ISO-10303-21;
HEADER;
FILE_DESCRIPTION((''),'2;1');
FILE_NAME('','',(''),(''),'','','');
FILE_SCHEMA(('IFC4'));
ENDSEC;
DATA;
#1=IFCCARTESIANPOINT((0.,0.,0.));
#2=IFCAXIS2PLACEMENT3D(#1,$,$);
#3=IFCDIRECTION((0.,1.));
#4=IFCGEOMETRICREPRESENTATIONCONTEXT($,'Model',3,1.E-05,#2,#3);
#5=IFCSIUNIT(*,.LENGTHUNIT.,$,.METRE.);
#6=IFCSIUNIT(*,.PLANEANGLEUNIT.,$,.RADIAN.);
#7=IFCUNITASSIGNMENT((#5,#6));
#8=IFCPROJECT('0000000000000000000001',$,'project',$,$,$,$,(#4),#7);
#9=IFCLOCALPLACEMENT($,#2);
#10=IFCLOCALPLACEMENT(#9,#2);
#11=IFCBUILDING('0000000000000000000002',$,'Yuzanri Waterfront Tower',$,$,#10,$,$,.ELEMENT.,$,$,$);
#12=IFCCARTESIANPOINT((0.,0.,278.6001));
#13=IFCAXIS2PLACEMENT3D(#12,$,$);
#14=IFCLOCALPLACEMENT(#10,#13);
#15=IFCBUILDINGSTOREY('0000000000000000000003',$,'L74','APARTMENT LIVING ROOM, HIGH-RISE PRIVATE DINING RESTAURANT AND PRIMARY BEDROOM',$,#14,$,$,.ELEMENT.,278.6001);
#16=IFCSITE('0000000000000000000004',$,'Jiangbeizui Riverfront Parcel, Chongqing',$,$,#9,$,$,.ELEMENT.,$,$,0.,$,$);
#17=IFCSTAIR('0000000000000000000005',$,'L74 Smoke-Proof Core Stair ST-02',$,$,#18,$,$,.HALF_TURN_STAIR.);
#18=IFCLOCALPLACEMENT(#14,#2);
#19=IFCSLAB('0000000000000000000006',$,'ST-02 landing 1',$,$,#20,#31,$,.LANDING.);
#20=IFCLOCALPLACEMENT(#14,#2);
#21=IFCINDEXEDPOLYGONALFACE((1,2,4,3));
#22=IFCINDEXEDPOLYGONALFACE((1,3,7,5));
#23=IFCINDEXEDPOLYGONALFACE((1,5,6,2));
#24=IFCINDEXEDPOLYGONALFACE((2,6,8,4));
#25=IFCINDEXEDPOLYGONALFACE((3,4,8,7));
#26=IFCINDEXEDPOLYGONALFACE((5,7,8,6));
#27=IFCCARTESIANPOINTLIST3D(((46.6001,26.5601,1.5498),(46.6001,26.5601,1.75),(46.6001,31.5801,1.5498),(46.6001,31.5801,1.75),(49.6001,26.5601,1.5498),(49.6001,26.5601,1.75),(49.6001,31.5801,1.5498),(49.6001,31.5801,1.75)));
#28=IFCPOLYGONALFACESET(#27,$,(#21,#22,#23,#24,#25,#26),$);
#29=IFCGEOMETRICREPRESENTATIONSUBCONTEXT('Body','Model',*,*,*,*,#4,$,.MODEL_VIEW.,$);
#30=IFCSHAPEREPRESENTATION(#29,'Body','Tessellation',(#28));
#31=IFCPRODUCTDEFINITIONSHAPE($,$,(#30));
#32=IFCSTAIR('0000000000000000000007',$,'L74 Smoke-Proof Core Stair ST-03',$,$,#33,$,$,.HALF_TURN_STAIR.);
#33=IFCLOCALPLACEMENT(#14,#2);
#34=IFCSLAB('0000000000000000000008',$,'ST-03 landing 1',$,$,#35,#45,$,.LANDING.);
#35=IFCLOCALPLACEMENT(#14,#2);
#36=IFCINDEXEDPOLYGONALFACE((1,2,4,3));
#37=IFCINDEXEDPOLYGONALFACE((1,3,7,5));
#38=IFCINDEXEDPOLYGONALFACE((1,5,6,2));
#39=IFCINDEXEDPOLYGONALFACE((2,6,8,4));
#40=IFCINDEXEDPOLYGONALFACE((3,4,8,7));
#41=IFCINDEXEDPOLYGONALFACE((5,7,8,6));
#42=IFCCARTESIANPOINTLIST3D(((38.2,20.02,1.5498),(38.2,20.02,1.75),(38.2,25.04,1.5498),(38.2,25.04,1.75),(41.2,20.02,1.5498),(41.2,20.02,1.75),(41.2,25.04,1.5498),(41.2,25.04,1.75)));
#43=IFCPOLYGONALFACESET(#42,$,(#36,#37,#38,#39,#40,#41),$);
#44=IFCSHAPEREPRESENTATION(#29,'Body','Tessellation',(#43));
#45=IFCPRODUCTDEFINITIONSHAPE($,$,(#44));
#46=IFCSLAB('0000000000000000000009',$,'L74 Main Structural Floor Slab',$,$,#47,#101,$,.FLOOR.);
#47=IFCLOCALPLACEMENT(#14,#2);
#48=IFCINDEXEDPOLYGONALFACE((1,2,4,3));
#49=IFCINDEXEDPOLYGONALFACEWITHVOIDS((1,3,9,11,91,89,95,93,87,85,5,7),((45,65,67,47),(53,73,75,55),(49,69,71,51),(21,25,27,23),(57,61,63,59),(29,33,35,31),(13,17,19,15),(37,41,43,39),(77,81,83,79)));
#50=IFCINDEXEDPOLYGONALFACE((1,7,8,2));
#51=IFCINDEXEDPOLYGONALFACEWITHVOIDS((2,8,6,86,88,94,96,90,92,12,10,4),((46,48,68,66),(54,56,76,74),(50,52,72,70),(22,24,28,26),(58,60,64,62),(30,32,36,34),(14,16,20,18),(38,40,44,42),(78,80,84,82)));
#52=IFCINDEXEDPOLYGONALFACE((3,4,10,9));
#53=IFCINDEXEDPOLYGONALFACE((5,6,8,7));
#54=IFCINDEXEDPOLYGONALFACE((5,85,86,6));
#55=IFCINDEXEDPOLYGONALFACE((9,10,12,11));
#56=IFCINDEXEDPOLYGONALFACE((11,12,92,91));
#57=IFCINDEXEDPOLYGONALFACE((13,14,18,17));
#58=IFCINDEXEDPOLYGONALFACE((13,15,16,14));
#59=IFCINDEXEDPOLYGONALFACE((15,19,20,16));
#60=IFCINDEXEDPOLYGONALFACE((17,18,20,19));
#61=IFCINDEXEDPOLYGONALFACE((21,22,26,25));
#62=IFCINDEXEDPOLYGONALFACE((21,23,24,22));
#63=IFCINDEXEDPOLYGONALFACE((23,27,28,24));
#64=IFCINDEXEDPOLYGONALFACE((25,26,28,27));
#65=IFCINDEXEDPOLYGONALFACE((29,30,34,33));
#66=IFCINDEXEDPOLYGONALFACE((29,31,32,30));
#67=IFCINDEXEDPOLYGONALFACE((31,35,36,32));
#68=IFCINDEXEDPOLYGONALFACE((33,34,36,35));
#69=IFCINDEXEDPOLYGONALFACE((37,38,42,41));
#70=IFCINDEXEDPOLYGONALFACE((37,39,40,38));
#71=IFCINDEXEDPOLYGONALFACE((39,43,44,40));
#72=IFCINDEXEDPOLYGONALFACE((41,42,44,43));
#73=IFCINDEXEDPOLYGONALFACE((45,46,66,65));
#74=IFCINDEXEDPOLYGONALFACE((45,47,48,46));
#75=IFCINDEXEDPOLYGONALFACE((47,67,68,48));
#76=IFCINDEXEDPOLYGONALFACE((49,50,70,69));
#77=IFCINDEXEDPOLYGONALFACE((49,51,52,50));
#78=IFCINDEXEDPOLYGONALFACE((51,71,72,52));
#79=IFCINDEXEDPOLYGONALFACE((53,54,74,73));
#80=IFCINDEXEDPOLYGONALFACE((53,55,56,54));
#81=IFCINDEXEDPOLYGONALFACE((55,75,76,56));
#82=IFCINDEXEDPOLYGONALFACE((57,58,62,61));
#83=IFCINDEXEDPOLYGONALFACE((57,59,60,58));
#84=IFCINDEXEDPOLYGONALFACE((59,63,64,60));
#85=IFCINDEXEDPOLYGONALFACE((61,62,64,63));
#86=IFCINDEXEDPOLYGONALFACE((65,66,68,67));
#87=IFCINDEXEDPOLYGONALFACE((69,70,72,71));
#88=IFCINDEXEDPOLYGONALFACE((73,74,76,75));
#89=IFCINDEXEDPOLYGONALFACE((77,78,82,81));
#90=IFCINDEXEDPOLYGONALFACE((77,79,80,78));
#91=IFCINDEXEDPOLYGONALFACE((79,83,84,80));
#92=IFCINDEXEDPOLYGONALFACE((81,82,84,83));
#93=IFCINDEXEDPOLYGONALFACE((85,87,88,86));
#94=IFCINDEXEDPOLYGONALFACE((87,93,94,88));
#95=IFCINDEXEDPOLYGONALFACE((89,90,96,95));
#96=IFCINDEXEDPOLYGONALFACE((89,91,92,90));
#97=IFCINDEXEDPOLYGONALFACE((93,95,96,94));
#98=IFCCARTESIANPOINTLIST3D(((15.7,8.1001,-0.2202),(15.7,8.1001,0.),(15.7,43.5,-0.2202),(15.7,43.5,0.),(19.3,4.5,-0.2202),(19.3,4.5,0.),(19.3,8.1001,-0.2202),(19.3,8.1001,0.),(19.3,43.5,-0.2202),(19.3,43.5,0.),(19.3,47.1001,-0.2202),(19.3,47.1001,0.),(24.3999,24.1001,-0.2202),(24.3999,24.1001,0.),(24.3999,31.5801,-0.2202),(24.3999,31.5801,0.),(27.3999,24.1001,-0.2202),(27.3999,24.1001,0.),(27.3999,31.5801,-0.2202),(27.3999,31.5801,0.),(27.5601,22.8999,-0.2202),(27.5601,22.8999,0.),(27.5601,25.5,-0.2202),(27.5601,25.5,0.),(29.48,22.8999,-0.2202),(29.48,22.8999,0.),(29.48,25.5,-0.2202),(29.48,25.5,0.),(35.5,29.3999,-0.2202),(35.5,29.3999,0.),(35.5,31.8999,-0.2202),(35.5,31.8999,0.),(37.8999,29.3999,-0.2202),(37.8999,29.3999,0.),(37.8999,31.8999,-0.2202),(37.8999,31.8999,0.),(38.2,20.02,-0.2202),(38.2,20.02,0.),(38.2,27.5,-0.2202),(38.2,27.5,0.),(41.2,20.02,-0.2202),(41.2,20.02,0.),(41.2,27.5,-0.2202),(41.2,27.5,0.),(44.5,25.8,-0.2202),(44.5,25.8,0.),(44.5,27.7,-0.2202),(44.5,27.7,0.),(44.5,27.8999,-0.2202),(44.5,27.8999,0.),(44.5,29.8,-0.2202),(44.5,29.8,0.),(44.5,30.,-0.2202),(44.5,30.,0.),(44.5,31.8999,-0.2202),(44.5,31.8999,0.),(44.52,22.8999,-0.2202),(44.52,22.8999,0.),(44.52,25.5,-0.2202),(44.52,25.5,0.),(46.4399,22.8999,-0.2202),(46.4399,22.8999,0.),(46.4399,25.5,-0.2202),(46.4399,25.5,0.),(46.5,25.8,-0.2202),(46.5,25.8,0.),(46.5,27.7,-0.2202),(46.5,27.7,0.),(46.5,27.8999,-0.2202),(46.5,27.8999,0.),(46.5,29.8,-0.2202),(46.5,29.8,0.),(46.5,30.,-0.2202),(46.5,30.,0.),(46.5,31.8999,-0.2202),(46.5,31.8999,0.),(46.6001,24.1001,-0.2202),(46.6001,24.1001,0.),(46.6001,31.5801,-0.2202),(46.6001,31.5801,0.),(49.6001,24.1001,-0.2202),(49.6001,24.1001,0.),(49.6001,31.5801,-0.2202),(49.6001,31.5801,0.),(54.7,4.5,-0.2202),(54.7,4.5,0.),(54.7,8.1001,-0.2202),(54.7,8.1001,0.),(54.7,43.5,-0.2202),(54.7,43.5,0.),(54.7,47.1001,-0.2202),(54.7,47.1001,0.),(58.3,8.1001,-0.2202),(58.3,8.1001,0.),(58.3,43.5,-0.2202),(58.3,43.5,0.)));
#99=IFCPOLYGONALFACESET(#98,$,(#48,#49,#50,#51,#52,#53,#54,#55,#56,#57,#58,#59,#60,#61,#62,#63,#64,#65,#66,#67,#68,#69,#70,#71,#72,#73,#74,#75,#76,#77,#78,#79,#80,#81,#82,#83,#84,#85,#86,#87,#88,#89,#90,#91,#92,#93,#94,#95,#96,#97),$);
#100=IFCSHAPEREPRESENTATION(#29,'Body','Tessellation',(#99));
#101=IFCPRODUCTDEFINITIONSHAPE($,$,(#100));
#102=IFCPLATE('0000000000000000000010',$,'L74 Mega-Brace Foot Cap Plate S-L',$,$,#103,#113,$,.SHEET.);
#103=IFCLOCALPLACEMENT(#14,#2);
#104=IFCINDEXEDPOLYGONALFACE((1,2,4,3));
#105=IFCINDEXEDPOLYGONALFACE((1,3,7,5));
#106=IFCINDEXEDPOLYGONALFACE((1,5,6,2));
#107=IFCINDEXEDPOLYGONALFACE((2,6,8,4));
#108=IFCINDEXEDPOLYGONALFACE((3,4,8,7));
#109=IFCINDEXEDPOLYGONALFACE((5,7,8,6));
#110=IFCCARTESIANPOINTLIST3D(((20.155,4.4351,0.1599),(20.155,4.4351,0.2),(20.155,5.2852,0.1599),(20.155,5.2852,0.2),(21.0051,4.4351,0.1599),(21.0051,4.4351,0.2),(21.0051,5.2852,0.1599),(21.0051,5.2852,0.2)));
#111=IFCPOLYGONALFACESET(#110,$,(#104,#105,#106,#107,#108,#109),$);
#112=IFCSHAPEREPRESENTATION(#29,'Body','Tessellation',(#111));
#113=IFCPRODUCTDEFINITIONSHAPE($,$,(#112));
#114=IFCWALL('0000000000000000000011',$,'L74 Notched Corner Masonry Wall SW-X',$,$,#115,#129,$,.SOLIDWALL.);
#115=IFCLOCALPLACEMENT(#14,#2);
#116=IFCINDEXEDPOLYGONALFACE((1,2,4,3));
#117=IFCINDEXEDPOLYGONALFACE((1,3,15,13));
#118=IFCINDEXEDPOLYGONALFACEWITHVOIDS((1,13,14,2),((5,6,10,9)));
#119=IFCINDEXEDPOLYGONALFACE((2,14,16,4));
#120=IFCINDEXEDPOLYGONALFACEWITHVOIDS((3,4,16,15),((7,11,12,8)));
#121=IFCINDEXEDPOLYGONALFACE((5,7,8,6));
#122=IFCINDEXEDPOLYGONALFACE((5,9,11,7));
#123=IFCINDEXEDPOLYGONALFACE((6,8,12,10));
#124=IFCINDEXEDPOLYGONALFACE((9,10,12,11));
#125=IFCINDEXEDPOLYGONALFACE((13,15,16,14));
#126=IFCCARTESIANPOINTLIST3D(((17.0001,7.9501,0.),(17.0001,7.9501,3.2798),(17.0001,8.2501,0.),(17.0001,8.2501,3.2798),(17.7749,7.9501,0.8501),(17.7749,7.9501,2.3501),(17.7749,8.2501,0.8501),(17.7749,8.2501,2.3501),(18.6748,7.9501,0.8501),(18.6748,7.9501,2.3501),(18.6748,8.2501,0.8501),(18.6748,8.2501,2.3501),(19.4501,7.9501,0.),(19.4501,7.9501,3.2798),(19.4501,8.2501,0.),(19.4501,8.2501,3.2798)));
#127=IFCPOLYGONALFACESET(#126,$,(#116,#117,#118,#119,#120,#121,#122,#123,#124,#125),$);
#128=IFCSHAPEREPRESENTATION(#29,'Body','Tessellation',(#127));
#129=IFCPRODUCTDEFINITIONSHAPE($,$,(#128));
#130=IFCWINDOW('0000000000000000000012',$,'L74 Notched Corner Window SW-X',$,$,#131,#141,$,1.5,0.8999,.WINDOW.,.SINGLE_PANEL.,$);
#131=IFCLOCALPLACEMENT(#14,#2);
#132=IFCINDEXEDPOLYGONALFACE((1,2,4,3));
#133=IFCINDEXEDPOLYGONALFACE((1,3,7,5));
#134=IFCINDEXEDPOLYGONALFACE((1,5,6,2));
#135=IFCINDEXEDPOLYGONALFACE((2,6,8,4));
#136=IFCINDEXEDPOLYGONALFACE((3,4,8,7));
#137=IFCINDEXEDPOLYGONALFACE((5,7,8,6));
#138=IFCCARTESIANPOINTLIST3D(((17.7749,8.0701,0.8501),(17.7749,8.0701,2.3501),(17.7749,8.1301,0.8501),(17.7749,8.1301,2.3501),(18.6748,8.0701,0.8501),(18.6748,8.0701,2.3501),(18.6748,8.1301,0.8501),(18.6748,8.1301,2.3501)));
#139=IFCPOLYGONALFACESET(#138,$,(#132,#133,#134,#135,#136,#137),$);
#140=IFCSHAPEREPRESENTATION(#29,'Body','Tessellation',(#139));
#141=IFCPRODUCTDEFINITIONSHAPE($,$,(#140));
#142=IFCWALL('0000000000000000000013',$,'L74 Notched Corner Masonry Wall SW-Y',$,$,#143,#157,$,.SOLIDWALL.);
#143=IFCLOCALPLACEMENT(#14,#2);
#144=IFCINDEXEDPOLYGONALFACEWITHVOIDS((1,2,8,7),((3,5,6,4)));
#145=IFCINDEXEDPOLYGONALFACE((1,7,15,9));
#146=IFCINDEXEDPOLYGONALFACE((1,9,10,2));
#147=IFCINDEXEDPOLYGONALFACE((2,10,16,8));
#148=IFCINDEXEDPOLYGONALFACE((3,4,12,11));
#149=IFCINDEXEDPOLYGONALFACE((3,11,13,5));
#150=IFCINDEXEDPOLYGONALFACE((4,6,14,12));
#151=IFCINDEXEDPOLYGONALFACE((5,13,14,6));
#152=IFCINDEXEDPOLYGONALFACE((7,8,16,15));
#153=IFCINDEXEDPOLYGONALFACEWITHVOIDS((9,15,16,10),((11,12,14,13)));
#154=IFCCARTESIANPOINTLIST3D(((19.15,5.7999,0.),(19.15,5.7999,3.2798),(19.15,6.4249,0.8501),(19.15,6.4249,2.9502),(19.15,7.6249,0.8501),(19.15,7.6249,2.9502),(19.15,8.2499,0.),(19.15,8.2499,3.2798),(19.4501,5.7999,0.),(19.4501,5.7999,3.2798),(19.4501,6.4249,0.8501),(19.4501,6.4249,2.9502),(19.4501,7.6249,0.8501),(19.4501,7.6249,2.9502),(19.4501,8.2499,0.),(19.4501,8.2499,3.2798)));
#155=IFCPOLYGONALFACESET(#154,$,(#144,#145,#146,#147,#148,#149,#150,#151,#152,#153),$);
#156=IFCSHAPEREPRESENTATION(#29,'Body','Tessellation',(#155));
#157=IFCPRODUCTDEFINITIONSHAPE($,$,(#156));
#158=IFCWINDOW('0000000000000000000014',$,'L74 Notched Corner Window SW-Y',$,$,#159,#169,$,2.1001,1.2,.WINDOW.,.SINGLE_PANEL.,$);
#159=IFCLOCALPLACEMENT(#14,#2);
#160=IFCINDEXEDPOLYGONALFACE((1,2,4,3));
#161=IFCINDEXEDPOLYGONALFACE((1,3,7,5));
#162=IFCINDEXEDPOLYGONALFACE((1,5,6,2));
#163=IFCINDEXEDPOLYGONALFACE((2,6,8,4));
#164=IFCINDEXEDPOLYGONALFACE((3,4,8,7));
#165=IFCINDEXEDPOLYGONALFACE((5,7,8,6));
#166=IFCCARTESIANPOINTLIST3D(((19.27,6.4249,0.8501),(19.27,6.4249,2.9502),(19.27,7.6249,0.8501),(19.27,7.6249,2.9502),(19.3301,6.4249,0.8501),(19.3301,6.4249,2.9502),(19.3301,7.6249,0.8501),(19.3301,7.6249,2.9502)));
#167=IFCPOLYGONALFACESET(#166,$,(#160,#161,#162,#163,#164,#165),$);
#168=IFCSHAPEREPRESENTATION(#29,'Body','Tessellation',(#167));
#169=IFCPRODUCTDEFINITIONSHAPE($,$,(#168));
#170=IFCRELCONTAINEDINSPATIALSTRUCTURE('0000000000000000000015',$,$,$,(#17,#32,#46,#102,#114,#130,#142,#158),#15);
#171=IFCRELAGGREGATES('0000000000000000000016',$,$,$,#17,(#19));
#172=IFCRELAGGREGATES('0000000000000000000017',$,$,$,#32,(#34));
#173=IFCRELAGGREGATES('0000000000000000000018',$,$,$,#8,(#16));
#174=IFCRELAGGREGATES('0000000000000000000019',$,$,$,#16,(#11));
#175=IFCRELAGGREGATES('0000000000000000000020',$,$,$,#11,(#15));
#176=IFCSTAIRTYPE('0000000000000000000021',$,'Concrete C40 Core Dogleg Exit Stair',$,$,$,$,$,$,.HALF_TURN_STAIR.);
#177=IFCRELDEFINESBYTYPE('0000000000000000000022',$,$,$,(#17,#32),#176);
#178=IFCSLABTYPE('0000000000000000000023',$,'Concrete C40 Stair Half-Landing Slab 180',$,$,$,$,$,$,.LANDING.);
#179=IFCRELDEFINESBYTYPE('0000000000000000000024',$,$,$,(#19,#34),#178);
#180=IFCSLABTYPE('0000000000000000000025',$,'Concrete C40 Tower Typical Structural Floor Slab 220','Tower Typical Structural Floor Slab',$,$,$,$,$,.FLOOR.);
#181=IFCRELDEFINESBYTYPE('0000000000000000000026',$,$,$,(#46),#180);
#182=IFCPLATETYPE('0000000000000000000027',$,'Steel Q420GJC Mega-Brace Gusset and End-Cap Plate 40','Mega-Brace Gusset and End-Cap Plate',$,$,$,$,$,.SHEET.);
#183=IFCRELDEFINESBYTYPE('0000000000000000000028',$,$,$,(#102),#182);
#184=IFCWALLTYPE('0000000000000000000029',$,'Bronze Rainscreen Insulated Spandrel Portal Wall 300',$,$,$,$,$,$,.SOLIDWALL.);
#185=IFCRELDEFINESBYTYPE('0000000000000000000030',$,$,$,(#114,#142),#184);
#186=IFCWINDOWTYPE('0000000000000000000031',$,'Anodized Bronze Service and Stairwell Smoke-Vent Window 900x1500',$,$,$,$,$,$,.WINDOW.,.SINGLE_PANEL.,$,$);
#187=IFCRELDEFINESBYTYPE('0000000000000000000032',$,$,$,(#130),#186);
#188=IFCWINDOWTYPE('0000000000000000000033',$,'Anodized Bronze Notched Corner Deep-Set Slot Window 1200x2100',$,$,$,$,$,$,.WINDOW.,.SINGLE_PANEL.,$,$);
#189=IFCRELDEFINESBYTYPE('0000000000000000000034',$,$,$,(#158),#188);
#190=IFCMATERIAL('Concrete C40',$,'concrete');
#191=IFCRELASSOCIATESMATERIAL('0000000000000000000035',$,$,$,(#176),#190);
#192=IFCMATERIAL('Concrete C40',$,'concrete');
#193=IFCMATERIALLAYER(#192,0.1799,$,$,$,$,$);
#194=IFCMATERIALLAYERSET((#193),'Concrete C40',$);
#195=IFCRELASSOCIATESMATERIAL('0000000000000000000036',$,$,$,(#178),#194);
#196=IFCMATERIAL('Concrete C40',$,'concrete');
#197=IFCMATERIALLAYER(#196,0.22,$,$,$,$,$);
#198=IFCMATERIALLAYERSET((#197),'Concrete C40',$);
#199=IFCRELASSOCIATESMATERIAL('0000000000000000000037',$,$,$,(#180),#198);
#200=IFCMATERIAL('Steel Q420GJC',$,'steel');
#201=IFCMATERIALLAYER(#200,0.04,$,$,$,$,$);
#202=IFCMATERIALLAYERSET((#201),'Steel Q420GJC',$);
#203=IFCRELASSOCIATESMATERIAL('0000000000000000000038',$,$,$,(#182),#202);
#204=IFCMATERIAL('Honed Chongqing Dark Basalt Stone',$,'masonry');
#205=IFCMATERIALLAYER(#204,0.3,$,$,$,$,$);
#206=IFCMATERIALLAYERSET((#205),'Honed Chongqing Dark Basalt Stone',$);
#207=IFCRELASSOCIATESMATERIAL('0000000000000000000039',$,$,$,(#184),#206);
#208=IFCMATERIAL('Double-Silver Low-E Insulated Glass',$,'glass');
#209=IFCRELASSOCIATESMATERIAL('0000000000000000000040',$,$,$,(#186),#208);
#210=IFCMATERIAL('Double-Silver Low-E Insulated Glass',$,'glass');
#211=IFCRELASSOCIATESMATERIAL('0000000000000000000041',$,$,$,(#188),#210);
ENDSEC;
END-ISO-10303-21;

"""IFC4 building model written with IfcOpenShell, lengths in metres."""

from ifc_helpers import new_model, si_unit, direction, frame, frame_2d, origin, origin_2d, place, context, subcontext, project, spatial, polyline, rectangle, outline, extrude, source, transform, mapped, material, layer, layer_set, type_object, element, fill, aggregate, save


model = new_model("IFC4")

# Units and contexts
model_context = context("Model", 3, precision=1e-05, world=origin(), true_north=direction((0.0, 1.0)))
body_context = subcontext(model_context, "Body", "Model", "MODEL_VIEW")
ifc_project = project(units=[si_unit("LENGTHUNIT", "METRE"), si_unit("PLANEANGLEUNIT", "RADIAN")], contexts=[model_context])

# Site, building, storey
site_placement = place(None, origin())
site = spatial("IfcSite", under=ifc_project, at=site_placement, Name="Jiangbeizui Riverfront Parcel, Chongqing", CompositionType="ELEMENT", RefElevation=0.0)
building_placement = place(site_placement, origin())
building = spatial("IfcBuilding", under=site, at=building_placement, Name="Yuzanri Waterfront Tower", CompositionType="ELEMENT")
storey_placement = place(building_placement, frame((0.0, 0.0, 278.6001)))
storey = spatial("IfcBuildingStorey", under=building, at=storey_placement, Name="L74", Description="APARTMENT LIVING ROOM, HIGH-RISE PRIVATE DINING RESTAURANT AND PRIMARY BEDROOM", CompositionType="ELEMENT", Elevation=278.6001)

# Stairs, slabs
ifc_material_1 = material(Name="Concrete C40", Category="concrete")
stair_type = type_object("IfcStairType", Name="Concrete C40 Core Dogleg Exit Stair", PredefinedType="HALF_TURN_STAIR", material=ifc_material_1)
ifc_material_2 = material(Name="Concrete C40", Category="concrete")
ifc_layer_1 = layer(ifc_material_2, 0.1799)
ifc_layer_set_1 = layer_set([ifc_layer_1], Name="Concrete C40")
slab_type_1 = type_object("IfcSlabType", Name="Concrete C40 Stair Half-Landing Slab 180", PredefinedType="LANDING", material=ifc_layer_set_1)
stair_1_placement = place(storey_placement, origin())
stair_1 = element("IfcStair", 1, at=stair_1_placement, inside=storey, type_object=stair_type, Name="L74 Smoke-Proof Core Stair ST-02", PredefinedType="HALF_TURN_STAIR")
slab_1_placement = place(storey_placement, frame((0.0, 0.0, 1.5498)))
slab_1 = element("IfcSlab", 2, at=slab_1_placement, type_object=slab_type_1, Name="ST-02 landing 1", PredefinedType="LANDING", context=body_context, shape_type="SweptSolid", body=[
    extrude(outline(polyline([(49.6001, 26.5601), (49.6001, 31.5801), (46.6001, 31.5801), (46.6001, 26.5601), (49.6001, 26.5601)])), origin(), (0.0, 0.0, 1.0), 0.2002),
])
aggregate(stair_1, [slab_1])
stair_2_placement = place(storey_placement, origin())
stair_2 = element("IfcStair", 3, at=stair_2_placement, inside=storey, type_object=stair_type, Name="L74 Smoke-Proof Core Stair ST-03", PredefinedType="HALF_TURN_STAIR")
slab_2_placement = place(storey_placement, frame((0.0, 0.0, 1.5498)))
slab_2 = element("IfcSlab", 4, at=slab_2_placement, type_object=slab_type_1, Name="ST-03 landing 1", PredefinedType="LANDING", context=body_context, shape_type="SweptSolid", body=[
    extrude(outline(polyline([(38.2, 25.04), (38.2, 20.02), (41.2, 20.02), (41.2, 25.04), (38.2, 25.04)])), origin(), (0.0, 0.0, 1.0), 0.2002),
])
aggregate(stair_2, [slab_2])

# Slab
ifc_material_3 = material(Name="Concrete C40", Category="concrete")
ifc_layer_2 = layer(ifc_material_3, 0.22)
ifc_layer_set_2 = layer_set([ifc_layer_2], Name="Concrete C40")
slab_type_2 = type_object("IfcSlabType", Name="Concrete C40 Tower Typical Structural Floor Slab 220", Description="Tower Typical Structural Floor Slab", PredefinedType="FLOOR", material=ifc_layer_set_2)
slab_3_placement = place(storey_placement, frame((0.0, 0.0, -0.2202)))
element("IfcSlab", 5, at=slab_3_placement, inside=storey, type_object=slab_type_2, Name="L74 Main Structural Floor Slab", PredefinedType="FLOOR", context=body_context, shape_type="SweptSolid", body=[
    extrude(outline(polyline([(19.3, 4.5), (54.7, 4.5), (54.7, 8.1001), (58.3, 8.1001), (58.3, 43.5), (54.7, 43.5), (54.7, 47.1001), (19.3, 47.1001), (19.3, 43.5), (15.7, 43.5), (15.7, 8.1001), (19.3, 8.1001), (19.3, 4.5)]), holes=[polyline([(27.3999, 24.1001), (27.3999, 31.5801), (24.3999, 31.5801), (24.3999, 24.1001), (27.3999, 24.1001)]), polyline([(49.6001, 24.1001), (49.6001, 31.5801), (46.6001, 31.5801), (46.6001, 24.1001), (49.6001, 24.1001)]), polyline([(38.2, 27.5), (38.2, 20.02), (41.2, 20.02), (41.2, 27.5), (38.2, 27.5)]), polyline([(27.5601, 22.8999), (29.48, 22.8999), (29.48, 25.5), (27.5601, 25.5), (27.5601, 22.8999)]), polyline([(44.52, 22.8999), (46.4399, 22.8999), (46.4399, 25.5), (44.52, 25.5), (44.52, 22.8999)]), polyline([(35.5, 29.3999), (37.8999, 29.3999), (37.8999, 31.8999), (35.5, 31.8999), (35.5, 29.3999)]), polyline([(44.5, 25.8), (46.5, 25.8), (46.5, 27.7), (44.5, 27.7), (44.5, 25.8)]), polyline([(44.5, 27.8999), (46.5, 27.8999), (46.5, 29.8), (44.5, 29.8), (44.5, 27.8999)]), polyline([(44.5, 30.0), (46.5, 30.0), (46.5, 31.8999), (44.5, 31.8999), (44.5, 30.0)])]), origin(), (0.0, 0.0, 1.0), 0.2202),
])

# Plate
ifc_material_4 = material(Name="Steel Q420GJC", Category="steel")
ifc_layer_3 = layer(ifc_material_4, 0.04)
ifc_layer_set_3 = layer_set([ifc_layer_3], Name="Steel Q420GJC")
plate_type = type_object("IfcPlateType", Name="Steel Q420GJC Mega-Brace Gusset and End-Cap Plate 40", Description="Mega-Brace Gusset and End-Cap Plate", PredefinedType="SHEET", material=ifc_layer_set_3)
shared_shape_1 = source(origin(), body_context, "Body", "SweptSolid", [
    extrude(rectangle(XDim=0.8501, YDim=0.8501, at=origin_2d()), origin(), (0.0, 0.0, 1.0), 0.04),
])
plate_placement = place(storey_placement, frame((20.5801, 4.8601, 0.1599), z_axis=(0.0, 0.0, 1.0), x_axis=(1.0, 0.0, 0.0)))
element("IfcPlate", 6, at=plate_placement, inside=storey, type_object=plate_type, Name="L74 Mega-Brace Foot Cap Plate S-L", PredefinedType="SHEET", context=body_context, shape_type="MappedRepresentation", body=[
    mapped(shared_shape_1, transform((0.0, 0.0, 0.0), scale=1.0)),
])

# Walls, openings, windows
ifc_material_5 = material(Name="Honed Chongqing Dark Basalt Stone", Category="masonry")
ifc_layer_4 = layer(ifc_material_5, 0.3)
ifc_layer_set_4 = layer_set([ifc_layer_4], Name="Honed Chongqing Dark Basalt Stone")
wall_type_1 = type_object("IfcWallType", Name="Bronze Rainscreen Insulated Spandrel Portal Wall 300", PredefinedType="SOLIDWALL", material=ifc_layer_set_4)
wall_1_placement = place(storey_placement, frame((17.0, 8.1001, 0.0), z_axis=(0.0, 0.0, 1.0), x_axis=(1.0, 0.0, 0.0)))
wall_1 = element("IfcWall", 7, at=wall_1_placement, inside=storey, type_object=wall_type_1, Name="L74 Notched Corner Masonry Wall SW-X", PredefinedType="SOLIDWALL", context=body_context, shape_type="SweptSolid", body=[
    extrude(rectangle(XDim=2.45, YDim=0.3, at=frame_2d((1.2251, 0.0))), origin(), (0.0, 0.0, 1.0), 3.2798),
])
opening_1_placement = place(wall_1_placement, frame((0.7749, 0.0, 0.8501)))
opening_1 = element("IfcOpeningElement", 8, at=opening_1_placement, cuts=wall_1, PredefinedType="OPENING", context=body_context, shape_type="SweptSolid", body=[
    extrude(rectangle(XDim=0.8999, YDim=1.5, at=frame_2d((0.45, 0.75))), frame((0.0, 0.165, 0.0), z_axis=(0.0, -1.0, 0.0), x_axis=(1.0, 0.0, 0.0)), (0.0, 0.0, 1.0), 0.3298),
])
ifc_material_6 = material(Name="Double-Silver Low-E Insulated Glass", Category="glass")
window_type_1 = type_object("IfcWindowType", Name="Anodized Bronze Service and Stairwell Smoke-Vent Window 900x1500", PartitioningType="SINGLE_PANEL", PredefinedType="WINDOW", material=ifc_material_6)
shared_shape_2 = source(origin(), body_context, "Body", "SweptSolid", [
    extrude(rectangle(XDim=0.8999, YDim=1.5, at=frame_2d((0.45, 0.75))), frame((0.0, 0.03, 0.0), z_axis=(0.0, -1.0, 0.0), x_axis=(1.0, 0.0, 0.0)), (0.0, 0.0, 1.0), 0.0601),
])
window_1_placement = place(opening_1_placement, origin())
window_1 = element("IfcWindow", 9, at=window_1_placement, inside=storey, type_object=window_type_1, Name="L74 Notched Corner Window SW-X", OverallHeight=1.5, OverallWidth=0.8999, PartitioningType="SINGLE_PANEL", PredefinedType="WINDOW", context=body_context, shape_type="MappedRepresentation", body=[
    mapped(shared_shape_2, transform((0.0, 0.0, 0.0), scale=1.0)),
])
fill(opening_1, window_1)
wall_2_placement = place(storey_placement, frame((19.3, 8.25, 0.0), z_axis=(0.0, 0.0, 1.0), x_axis=(0.0, -1.0, 0.0)))
wall_2 = element("IfcWall", 10, at=wall_2_placement, inside=storey, type_object=wall_type_1, Name="L74 Notched Corner Masonry Wall SW-Y", PredefinedType="SOLIDWALL", context=body_context, shape_type="SweptSolid", body=[
    extrude(rectangle(XDim=2.45, YDim=0.3, at=frame_2d((1.2251, 0.0))), origin(), (0.0, 0.0, 1.0), 3.2798),
])
opening_2_placement = place(wall_2_placement, frame((0.625, 0.0, 0.8501)))
opening_2 = element("IfcOpeningElement", 11, at=opening_2_placement, cuts=wall_2, PredefinedType="OPENING", context=body_context, shape_type="SweptSolid", body=[
    extrude(rectangle(XDim=1.2, YDim=2.1001, at=frame_2d((0.6001, 1.05))), frame((0.0, 0.165, 0.0), z_axis=(0.0, -1.0, 0.0), x_axis=(1.0, 0.0, 0.0)), (0.0, 0.0, 1.0), 0.3298),
])
ifc_material_7 = material(Name="Double-Silver Low-E Insulated Glass", Category="glass")
window_type_2 = type_object("IfcWindowType", Name="Anodized Bronze Notched Corner Deep-Set Slot Window 1200x2100", PartitioningType="SINGLE_PANEL", PredefinedType="WINDOW", material=ifc_material_7)
shared_shape_3 = source(origin(), body_context, "Body", "SweptSolid", [
    extrude(rectangle(XDim=1.2, YDim=2.1001, at=frame_2d((0.6001, 1.05))), frame((0.0, 0.03, 0.0), z_axis=(0.0, -1.0, 0.0), x_axis=(1.0, 0.0, 0.0)), (0.0, 0.0, 1.0), 0.0601),
])
window_2_placement = place(opening_2_placement, origin())
window_2 = element("IfcWindow", 12, at=window_2_placement, inside=storey, type_object=window_type_2, Name="L74 Notched Corner Window SW-Y", OverallHeight=2.1001, OverallWidth=1.2, PartitioningType="SINGLE_PANEL", PredefinedType="WINDOW", context=body_context, shape_type="MappedRepresentation", body=[
    mapped(shared_shape_3, transform((0.0, 0.0, 0.0), scale=1.0)),
])
fill(opening_2, window_2)

save(model, "model.ifc")
